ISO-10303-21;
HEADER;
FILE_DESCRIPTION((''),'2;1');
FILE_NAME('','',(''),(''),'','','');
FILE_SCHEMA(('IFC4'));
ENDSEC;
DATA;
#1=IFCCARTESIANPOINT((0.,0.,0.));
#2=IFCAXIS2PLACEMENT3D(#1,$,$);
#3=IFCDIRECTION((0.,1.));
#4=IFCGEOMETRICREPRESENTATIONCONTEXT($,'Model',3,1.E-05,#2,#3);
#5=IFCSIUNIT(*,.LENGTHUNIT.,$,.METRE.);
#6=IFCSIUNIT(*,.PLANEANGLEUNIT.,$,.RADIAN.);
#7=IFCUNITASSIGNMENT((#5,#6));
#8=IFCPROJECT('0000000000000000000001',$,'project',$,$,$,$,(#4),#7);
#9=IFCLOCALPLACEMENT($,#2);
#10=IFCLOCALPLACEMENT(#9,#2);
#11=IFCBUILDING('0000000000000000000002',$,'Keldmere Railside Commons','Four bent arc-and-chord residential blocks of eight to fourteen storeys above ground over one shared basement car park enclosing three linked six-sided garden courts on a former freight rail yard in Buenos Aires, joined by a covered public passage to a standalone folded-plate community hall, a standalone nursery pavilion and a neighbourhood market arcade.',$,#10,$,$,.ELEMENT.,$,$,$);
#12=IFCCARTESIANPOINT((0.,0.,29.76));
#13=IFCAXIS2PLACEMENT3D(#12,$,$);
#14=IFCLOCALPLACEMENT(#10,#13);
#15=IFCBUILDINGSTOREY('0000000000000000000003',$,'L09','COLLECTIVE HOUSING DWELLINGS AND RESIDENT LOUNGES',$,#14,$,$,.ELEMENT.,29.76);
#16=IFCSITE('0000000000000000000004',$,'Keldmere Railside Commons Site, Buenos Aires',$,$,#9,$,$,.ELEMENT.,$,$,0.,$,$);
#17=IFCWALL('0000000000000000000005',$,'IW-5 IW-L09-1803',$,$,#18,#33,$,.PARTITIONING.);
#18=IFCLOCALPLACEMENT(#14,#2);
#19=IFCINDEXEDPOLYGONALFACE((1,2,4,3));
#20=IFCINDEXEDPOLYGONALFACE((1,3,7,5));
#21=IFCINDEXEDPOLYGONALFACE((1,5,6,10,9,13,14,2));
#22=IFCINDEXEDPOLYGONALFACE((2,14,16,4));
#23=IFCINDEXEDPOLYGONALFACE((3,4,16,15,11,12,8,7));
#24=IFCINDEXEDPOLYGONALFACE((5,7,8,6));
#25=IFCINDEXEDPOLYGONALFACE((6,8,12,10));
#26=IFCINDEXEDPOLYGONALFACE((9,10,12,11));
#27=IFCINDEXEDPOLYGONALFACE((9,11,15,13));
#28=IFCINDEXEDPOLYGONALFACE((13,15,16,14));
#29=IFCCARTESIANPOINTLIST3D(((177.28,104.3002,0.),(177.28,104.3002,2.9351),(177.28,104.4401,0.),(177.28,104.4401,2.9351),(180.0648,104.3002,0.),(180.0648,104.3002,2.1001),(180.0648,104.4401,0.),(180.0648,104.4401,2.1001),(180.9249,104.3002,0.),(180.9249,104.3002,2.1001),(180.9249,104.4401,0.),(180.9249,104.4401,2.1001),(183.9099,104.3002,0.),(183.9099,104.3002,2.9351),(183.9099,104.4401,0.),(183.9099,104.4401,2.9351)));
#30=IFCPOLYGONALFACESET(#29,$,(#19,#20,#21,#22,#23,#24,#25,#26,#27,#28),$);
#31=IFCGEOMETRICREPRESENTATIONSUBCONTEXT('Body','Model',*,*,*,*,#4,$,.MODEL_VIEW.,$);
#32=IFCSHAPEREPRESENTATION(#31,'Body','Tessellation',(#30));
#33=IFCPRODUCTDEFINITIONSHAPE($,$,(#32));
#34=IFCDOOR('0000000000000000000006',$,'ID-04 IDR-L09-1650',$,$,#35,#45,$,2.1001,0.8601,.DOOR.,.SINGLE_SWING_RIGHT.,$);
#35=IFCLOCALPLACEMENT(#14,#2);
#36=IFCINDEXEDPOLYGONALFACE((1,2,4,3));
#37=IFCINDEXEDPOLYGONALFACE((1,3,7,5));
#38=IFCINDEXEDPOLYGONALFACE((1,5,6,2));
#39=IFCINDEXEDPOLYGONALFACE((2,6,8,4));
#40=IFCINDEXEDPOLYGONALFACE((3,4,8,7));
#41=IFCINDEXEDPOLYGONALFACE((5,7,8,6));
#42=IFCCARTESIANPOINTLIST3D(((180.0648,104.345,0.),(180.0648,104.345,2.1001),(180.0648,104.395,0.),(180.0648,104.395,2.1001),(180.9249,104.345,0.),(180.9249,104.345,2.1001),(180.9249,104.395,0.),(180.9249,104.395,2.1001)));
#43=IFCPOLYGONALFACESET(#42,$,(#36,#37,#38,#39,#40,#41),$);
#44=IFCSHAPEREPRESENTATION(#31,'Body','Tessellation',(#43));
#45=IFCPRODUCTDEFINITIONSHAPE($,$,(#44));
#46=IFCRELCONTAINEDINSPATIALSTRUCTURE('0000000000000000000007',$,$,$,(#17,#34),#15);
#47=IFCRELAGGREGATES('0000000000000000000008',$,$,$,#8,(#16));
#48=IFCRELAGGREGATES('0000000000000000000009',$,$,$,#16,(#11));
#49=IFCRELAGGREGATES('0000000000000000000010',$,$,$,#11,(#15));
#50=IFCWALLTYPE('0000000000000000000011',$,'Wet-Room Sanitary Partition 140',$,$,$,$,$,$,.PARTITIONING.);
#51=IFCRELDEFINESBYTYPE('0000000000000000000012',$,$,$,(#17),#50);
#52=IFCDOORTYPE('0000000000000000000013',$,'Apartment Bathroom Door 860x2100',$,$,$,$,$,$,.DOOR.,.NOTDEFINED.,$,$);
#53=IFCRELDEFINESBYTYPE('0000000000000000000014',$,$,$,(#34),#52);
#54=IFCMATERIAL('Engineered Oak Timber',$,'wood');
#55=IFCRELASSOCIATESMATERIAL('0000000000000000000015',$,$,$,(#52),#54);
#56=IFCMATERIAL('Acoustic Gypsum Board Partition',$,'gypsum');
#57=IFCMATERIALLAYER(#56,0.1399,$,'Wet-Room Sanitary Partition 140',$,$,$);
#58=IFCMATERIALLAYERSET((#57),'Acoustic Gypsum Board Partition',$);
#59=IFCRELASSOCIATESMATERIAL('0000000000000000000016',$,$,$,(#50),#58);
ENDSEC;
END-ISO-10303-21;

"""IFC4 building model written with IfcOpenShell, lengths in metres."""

from ifc_helpers import new_model, si_unit, direction, frame, frame_2d, origin, place, context, subcontext, project, spatial, rectangle, extrude, material, layer, layer_set, type_object, element, fill, save


model = new_model("IFC4")

# Units and contexts
model_context = context("Model", 3, precision=1e-05, world=origin(), true_north=direction((0.0, 1.0)))
body_context = subcontext(model_context, "Body", "Model", "MODEL_VIEW")
ifc_project = project(units=[si_unit("LENGTHUNIT", "METRE"), si_unit("PLANEANGLEUNIT", "RADIAN")], contexts=[model_context])

# Site, building, storey
site_placement = place(None, origin())
site = spatial("IfcSite", under=ifc_project, at=site_placement, Name="Keldmere Railside Commons Site, Buenos Aires", CompositionType="ELEMENT", RefElevation=0.0)
building_placement = place(site_placement, origin())
building = spatial("IfcBuilding", under=site, at=building_placement, Name="Keldmere Railside Commons", Description="Four bent arc-and-chord residential blocks of eight to fourteen storeys above ground over one shared basement car park enclosing three linked six-sided garden courts on a former freight rail yard in Buenos Aires, joined by a covered public passage to a standalone folded-plate community hall, a standalone nursery pavilion and a neighbourhood market arcade.", CompositionType="ELEMENT")
storey_placement = place(building_placement, frame((0.0, 0.0, 29.76)))
storey = spatial("IfcBuildingStorey", under=building, at=storey_placement, Name="L09", Description="COLLECTIVE HOUSING DWELLINGS AND RESIDENT LOUNGES", CompositionType="ELEMENT", Elevation=29.76)

# Shared definitions
ifc_material_1 = material(Name="Acoustic Gypsum Board Partition", Category="gypsum")

# Shared definitions
ifc_material_2 = material(Name="Engineered Oak Timber", Category="wood")
door_type_1 = type_object("IfcDoorType", Name="Apartment Bathroom Door 860x2100", OperationType="NOTDEFINED", PredefinedType="DOOR", material=ifc_material_2)

# Shared definitions
ifc_layer_1 = layer(ifc_material_1, 0.1399, Name="Wet-Room Sanitary Partition 140")
ifc_layer_set_1 = layer_set([ifc_layer_1], Name="Acoustic Gypsum Board Partition")
wall_type_1 = type_object("IfcWallType", Name="Wet-Room Sanitary Partition 140", PredefinedType="PARTITIONING", material=ifc_layer_set_1)

# Wall, opening, door
wall_1_placement = place(storey_placement, frame((177.28, 104.3701, 0.0), z_axis=(0.0, 0.0, 1.0), x_axis=(1.0, 0.0, 0.0)))
wall_1 = element("IfcWall", 1, at=wall_1_placement, inside=storey, type_object=wall_type_1, Name="IW-5 IW-L09-1803", PredefinedType="PARTITIONING", context=body_context, shape_type="SweptSolid", body=[
    extrude(rectangle(XDim=6.6299, YDim=0.1399, at=frame_2d((3.3149, 0.0))), origin(), (0.0, 0.0, 1.0), 2.9351),
])
opening_1_placement = place(wall_1_placement, frame((2.7847, 0.0, 0.0)))
opening_1 = element("IfcOpeningElement", 2, at=opening_1_placement, cuts=wall_1, PredefinedType="OPENING", context=body_context, shape_type="SweptSolid", body=[
    extrude(rectangle(XDim=0.8601, YDim=2.1001, at=frame_2d((0.4302, 1.05))), frame((0.0, 0.0798, 0.0), z_axis=(0.0, -1.0, 0.0), x_axis=(1.0, 0.0, 0.0)), (0.0, 0.0, 1.0), 0.1599),
])
door_1_placement = place(opening_1_placement, origin())
door_1 = element("IfcDoor", 3, at=door_1_placement, inside=storey, type_object=door_type_1, Name="ID-04 IDR-L09-1650", OperationType="SINGLE_SWING_RIGHT", OverallHeight=2.1001, OverallWidth=0.8601, PredefinedType="DOOR", context=body_context, shape_type="SweptSolid", body=[
    extrude(rectangle(XDim=0.8601, YDim=2.1001, at=frame_2d((0.4302, 1.05))), frame((0.0, 0.0249, 0.0), z_axis=(0.0, -1.0, 0.0), x_axis=(1.0, 0.0, 0.0)), (0.0, 0.0, 1.0), 0.05),
])
fill(opening_1, door_1)

save(model, "model.ifc")
